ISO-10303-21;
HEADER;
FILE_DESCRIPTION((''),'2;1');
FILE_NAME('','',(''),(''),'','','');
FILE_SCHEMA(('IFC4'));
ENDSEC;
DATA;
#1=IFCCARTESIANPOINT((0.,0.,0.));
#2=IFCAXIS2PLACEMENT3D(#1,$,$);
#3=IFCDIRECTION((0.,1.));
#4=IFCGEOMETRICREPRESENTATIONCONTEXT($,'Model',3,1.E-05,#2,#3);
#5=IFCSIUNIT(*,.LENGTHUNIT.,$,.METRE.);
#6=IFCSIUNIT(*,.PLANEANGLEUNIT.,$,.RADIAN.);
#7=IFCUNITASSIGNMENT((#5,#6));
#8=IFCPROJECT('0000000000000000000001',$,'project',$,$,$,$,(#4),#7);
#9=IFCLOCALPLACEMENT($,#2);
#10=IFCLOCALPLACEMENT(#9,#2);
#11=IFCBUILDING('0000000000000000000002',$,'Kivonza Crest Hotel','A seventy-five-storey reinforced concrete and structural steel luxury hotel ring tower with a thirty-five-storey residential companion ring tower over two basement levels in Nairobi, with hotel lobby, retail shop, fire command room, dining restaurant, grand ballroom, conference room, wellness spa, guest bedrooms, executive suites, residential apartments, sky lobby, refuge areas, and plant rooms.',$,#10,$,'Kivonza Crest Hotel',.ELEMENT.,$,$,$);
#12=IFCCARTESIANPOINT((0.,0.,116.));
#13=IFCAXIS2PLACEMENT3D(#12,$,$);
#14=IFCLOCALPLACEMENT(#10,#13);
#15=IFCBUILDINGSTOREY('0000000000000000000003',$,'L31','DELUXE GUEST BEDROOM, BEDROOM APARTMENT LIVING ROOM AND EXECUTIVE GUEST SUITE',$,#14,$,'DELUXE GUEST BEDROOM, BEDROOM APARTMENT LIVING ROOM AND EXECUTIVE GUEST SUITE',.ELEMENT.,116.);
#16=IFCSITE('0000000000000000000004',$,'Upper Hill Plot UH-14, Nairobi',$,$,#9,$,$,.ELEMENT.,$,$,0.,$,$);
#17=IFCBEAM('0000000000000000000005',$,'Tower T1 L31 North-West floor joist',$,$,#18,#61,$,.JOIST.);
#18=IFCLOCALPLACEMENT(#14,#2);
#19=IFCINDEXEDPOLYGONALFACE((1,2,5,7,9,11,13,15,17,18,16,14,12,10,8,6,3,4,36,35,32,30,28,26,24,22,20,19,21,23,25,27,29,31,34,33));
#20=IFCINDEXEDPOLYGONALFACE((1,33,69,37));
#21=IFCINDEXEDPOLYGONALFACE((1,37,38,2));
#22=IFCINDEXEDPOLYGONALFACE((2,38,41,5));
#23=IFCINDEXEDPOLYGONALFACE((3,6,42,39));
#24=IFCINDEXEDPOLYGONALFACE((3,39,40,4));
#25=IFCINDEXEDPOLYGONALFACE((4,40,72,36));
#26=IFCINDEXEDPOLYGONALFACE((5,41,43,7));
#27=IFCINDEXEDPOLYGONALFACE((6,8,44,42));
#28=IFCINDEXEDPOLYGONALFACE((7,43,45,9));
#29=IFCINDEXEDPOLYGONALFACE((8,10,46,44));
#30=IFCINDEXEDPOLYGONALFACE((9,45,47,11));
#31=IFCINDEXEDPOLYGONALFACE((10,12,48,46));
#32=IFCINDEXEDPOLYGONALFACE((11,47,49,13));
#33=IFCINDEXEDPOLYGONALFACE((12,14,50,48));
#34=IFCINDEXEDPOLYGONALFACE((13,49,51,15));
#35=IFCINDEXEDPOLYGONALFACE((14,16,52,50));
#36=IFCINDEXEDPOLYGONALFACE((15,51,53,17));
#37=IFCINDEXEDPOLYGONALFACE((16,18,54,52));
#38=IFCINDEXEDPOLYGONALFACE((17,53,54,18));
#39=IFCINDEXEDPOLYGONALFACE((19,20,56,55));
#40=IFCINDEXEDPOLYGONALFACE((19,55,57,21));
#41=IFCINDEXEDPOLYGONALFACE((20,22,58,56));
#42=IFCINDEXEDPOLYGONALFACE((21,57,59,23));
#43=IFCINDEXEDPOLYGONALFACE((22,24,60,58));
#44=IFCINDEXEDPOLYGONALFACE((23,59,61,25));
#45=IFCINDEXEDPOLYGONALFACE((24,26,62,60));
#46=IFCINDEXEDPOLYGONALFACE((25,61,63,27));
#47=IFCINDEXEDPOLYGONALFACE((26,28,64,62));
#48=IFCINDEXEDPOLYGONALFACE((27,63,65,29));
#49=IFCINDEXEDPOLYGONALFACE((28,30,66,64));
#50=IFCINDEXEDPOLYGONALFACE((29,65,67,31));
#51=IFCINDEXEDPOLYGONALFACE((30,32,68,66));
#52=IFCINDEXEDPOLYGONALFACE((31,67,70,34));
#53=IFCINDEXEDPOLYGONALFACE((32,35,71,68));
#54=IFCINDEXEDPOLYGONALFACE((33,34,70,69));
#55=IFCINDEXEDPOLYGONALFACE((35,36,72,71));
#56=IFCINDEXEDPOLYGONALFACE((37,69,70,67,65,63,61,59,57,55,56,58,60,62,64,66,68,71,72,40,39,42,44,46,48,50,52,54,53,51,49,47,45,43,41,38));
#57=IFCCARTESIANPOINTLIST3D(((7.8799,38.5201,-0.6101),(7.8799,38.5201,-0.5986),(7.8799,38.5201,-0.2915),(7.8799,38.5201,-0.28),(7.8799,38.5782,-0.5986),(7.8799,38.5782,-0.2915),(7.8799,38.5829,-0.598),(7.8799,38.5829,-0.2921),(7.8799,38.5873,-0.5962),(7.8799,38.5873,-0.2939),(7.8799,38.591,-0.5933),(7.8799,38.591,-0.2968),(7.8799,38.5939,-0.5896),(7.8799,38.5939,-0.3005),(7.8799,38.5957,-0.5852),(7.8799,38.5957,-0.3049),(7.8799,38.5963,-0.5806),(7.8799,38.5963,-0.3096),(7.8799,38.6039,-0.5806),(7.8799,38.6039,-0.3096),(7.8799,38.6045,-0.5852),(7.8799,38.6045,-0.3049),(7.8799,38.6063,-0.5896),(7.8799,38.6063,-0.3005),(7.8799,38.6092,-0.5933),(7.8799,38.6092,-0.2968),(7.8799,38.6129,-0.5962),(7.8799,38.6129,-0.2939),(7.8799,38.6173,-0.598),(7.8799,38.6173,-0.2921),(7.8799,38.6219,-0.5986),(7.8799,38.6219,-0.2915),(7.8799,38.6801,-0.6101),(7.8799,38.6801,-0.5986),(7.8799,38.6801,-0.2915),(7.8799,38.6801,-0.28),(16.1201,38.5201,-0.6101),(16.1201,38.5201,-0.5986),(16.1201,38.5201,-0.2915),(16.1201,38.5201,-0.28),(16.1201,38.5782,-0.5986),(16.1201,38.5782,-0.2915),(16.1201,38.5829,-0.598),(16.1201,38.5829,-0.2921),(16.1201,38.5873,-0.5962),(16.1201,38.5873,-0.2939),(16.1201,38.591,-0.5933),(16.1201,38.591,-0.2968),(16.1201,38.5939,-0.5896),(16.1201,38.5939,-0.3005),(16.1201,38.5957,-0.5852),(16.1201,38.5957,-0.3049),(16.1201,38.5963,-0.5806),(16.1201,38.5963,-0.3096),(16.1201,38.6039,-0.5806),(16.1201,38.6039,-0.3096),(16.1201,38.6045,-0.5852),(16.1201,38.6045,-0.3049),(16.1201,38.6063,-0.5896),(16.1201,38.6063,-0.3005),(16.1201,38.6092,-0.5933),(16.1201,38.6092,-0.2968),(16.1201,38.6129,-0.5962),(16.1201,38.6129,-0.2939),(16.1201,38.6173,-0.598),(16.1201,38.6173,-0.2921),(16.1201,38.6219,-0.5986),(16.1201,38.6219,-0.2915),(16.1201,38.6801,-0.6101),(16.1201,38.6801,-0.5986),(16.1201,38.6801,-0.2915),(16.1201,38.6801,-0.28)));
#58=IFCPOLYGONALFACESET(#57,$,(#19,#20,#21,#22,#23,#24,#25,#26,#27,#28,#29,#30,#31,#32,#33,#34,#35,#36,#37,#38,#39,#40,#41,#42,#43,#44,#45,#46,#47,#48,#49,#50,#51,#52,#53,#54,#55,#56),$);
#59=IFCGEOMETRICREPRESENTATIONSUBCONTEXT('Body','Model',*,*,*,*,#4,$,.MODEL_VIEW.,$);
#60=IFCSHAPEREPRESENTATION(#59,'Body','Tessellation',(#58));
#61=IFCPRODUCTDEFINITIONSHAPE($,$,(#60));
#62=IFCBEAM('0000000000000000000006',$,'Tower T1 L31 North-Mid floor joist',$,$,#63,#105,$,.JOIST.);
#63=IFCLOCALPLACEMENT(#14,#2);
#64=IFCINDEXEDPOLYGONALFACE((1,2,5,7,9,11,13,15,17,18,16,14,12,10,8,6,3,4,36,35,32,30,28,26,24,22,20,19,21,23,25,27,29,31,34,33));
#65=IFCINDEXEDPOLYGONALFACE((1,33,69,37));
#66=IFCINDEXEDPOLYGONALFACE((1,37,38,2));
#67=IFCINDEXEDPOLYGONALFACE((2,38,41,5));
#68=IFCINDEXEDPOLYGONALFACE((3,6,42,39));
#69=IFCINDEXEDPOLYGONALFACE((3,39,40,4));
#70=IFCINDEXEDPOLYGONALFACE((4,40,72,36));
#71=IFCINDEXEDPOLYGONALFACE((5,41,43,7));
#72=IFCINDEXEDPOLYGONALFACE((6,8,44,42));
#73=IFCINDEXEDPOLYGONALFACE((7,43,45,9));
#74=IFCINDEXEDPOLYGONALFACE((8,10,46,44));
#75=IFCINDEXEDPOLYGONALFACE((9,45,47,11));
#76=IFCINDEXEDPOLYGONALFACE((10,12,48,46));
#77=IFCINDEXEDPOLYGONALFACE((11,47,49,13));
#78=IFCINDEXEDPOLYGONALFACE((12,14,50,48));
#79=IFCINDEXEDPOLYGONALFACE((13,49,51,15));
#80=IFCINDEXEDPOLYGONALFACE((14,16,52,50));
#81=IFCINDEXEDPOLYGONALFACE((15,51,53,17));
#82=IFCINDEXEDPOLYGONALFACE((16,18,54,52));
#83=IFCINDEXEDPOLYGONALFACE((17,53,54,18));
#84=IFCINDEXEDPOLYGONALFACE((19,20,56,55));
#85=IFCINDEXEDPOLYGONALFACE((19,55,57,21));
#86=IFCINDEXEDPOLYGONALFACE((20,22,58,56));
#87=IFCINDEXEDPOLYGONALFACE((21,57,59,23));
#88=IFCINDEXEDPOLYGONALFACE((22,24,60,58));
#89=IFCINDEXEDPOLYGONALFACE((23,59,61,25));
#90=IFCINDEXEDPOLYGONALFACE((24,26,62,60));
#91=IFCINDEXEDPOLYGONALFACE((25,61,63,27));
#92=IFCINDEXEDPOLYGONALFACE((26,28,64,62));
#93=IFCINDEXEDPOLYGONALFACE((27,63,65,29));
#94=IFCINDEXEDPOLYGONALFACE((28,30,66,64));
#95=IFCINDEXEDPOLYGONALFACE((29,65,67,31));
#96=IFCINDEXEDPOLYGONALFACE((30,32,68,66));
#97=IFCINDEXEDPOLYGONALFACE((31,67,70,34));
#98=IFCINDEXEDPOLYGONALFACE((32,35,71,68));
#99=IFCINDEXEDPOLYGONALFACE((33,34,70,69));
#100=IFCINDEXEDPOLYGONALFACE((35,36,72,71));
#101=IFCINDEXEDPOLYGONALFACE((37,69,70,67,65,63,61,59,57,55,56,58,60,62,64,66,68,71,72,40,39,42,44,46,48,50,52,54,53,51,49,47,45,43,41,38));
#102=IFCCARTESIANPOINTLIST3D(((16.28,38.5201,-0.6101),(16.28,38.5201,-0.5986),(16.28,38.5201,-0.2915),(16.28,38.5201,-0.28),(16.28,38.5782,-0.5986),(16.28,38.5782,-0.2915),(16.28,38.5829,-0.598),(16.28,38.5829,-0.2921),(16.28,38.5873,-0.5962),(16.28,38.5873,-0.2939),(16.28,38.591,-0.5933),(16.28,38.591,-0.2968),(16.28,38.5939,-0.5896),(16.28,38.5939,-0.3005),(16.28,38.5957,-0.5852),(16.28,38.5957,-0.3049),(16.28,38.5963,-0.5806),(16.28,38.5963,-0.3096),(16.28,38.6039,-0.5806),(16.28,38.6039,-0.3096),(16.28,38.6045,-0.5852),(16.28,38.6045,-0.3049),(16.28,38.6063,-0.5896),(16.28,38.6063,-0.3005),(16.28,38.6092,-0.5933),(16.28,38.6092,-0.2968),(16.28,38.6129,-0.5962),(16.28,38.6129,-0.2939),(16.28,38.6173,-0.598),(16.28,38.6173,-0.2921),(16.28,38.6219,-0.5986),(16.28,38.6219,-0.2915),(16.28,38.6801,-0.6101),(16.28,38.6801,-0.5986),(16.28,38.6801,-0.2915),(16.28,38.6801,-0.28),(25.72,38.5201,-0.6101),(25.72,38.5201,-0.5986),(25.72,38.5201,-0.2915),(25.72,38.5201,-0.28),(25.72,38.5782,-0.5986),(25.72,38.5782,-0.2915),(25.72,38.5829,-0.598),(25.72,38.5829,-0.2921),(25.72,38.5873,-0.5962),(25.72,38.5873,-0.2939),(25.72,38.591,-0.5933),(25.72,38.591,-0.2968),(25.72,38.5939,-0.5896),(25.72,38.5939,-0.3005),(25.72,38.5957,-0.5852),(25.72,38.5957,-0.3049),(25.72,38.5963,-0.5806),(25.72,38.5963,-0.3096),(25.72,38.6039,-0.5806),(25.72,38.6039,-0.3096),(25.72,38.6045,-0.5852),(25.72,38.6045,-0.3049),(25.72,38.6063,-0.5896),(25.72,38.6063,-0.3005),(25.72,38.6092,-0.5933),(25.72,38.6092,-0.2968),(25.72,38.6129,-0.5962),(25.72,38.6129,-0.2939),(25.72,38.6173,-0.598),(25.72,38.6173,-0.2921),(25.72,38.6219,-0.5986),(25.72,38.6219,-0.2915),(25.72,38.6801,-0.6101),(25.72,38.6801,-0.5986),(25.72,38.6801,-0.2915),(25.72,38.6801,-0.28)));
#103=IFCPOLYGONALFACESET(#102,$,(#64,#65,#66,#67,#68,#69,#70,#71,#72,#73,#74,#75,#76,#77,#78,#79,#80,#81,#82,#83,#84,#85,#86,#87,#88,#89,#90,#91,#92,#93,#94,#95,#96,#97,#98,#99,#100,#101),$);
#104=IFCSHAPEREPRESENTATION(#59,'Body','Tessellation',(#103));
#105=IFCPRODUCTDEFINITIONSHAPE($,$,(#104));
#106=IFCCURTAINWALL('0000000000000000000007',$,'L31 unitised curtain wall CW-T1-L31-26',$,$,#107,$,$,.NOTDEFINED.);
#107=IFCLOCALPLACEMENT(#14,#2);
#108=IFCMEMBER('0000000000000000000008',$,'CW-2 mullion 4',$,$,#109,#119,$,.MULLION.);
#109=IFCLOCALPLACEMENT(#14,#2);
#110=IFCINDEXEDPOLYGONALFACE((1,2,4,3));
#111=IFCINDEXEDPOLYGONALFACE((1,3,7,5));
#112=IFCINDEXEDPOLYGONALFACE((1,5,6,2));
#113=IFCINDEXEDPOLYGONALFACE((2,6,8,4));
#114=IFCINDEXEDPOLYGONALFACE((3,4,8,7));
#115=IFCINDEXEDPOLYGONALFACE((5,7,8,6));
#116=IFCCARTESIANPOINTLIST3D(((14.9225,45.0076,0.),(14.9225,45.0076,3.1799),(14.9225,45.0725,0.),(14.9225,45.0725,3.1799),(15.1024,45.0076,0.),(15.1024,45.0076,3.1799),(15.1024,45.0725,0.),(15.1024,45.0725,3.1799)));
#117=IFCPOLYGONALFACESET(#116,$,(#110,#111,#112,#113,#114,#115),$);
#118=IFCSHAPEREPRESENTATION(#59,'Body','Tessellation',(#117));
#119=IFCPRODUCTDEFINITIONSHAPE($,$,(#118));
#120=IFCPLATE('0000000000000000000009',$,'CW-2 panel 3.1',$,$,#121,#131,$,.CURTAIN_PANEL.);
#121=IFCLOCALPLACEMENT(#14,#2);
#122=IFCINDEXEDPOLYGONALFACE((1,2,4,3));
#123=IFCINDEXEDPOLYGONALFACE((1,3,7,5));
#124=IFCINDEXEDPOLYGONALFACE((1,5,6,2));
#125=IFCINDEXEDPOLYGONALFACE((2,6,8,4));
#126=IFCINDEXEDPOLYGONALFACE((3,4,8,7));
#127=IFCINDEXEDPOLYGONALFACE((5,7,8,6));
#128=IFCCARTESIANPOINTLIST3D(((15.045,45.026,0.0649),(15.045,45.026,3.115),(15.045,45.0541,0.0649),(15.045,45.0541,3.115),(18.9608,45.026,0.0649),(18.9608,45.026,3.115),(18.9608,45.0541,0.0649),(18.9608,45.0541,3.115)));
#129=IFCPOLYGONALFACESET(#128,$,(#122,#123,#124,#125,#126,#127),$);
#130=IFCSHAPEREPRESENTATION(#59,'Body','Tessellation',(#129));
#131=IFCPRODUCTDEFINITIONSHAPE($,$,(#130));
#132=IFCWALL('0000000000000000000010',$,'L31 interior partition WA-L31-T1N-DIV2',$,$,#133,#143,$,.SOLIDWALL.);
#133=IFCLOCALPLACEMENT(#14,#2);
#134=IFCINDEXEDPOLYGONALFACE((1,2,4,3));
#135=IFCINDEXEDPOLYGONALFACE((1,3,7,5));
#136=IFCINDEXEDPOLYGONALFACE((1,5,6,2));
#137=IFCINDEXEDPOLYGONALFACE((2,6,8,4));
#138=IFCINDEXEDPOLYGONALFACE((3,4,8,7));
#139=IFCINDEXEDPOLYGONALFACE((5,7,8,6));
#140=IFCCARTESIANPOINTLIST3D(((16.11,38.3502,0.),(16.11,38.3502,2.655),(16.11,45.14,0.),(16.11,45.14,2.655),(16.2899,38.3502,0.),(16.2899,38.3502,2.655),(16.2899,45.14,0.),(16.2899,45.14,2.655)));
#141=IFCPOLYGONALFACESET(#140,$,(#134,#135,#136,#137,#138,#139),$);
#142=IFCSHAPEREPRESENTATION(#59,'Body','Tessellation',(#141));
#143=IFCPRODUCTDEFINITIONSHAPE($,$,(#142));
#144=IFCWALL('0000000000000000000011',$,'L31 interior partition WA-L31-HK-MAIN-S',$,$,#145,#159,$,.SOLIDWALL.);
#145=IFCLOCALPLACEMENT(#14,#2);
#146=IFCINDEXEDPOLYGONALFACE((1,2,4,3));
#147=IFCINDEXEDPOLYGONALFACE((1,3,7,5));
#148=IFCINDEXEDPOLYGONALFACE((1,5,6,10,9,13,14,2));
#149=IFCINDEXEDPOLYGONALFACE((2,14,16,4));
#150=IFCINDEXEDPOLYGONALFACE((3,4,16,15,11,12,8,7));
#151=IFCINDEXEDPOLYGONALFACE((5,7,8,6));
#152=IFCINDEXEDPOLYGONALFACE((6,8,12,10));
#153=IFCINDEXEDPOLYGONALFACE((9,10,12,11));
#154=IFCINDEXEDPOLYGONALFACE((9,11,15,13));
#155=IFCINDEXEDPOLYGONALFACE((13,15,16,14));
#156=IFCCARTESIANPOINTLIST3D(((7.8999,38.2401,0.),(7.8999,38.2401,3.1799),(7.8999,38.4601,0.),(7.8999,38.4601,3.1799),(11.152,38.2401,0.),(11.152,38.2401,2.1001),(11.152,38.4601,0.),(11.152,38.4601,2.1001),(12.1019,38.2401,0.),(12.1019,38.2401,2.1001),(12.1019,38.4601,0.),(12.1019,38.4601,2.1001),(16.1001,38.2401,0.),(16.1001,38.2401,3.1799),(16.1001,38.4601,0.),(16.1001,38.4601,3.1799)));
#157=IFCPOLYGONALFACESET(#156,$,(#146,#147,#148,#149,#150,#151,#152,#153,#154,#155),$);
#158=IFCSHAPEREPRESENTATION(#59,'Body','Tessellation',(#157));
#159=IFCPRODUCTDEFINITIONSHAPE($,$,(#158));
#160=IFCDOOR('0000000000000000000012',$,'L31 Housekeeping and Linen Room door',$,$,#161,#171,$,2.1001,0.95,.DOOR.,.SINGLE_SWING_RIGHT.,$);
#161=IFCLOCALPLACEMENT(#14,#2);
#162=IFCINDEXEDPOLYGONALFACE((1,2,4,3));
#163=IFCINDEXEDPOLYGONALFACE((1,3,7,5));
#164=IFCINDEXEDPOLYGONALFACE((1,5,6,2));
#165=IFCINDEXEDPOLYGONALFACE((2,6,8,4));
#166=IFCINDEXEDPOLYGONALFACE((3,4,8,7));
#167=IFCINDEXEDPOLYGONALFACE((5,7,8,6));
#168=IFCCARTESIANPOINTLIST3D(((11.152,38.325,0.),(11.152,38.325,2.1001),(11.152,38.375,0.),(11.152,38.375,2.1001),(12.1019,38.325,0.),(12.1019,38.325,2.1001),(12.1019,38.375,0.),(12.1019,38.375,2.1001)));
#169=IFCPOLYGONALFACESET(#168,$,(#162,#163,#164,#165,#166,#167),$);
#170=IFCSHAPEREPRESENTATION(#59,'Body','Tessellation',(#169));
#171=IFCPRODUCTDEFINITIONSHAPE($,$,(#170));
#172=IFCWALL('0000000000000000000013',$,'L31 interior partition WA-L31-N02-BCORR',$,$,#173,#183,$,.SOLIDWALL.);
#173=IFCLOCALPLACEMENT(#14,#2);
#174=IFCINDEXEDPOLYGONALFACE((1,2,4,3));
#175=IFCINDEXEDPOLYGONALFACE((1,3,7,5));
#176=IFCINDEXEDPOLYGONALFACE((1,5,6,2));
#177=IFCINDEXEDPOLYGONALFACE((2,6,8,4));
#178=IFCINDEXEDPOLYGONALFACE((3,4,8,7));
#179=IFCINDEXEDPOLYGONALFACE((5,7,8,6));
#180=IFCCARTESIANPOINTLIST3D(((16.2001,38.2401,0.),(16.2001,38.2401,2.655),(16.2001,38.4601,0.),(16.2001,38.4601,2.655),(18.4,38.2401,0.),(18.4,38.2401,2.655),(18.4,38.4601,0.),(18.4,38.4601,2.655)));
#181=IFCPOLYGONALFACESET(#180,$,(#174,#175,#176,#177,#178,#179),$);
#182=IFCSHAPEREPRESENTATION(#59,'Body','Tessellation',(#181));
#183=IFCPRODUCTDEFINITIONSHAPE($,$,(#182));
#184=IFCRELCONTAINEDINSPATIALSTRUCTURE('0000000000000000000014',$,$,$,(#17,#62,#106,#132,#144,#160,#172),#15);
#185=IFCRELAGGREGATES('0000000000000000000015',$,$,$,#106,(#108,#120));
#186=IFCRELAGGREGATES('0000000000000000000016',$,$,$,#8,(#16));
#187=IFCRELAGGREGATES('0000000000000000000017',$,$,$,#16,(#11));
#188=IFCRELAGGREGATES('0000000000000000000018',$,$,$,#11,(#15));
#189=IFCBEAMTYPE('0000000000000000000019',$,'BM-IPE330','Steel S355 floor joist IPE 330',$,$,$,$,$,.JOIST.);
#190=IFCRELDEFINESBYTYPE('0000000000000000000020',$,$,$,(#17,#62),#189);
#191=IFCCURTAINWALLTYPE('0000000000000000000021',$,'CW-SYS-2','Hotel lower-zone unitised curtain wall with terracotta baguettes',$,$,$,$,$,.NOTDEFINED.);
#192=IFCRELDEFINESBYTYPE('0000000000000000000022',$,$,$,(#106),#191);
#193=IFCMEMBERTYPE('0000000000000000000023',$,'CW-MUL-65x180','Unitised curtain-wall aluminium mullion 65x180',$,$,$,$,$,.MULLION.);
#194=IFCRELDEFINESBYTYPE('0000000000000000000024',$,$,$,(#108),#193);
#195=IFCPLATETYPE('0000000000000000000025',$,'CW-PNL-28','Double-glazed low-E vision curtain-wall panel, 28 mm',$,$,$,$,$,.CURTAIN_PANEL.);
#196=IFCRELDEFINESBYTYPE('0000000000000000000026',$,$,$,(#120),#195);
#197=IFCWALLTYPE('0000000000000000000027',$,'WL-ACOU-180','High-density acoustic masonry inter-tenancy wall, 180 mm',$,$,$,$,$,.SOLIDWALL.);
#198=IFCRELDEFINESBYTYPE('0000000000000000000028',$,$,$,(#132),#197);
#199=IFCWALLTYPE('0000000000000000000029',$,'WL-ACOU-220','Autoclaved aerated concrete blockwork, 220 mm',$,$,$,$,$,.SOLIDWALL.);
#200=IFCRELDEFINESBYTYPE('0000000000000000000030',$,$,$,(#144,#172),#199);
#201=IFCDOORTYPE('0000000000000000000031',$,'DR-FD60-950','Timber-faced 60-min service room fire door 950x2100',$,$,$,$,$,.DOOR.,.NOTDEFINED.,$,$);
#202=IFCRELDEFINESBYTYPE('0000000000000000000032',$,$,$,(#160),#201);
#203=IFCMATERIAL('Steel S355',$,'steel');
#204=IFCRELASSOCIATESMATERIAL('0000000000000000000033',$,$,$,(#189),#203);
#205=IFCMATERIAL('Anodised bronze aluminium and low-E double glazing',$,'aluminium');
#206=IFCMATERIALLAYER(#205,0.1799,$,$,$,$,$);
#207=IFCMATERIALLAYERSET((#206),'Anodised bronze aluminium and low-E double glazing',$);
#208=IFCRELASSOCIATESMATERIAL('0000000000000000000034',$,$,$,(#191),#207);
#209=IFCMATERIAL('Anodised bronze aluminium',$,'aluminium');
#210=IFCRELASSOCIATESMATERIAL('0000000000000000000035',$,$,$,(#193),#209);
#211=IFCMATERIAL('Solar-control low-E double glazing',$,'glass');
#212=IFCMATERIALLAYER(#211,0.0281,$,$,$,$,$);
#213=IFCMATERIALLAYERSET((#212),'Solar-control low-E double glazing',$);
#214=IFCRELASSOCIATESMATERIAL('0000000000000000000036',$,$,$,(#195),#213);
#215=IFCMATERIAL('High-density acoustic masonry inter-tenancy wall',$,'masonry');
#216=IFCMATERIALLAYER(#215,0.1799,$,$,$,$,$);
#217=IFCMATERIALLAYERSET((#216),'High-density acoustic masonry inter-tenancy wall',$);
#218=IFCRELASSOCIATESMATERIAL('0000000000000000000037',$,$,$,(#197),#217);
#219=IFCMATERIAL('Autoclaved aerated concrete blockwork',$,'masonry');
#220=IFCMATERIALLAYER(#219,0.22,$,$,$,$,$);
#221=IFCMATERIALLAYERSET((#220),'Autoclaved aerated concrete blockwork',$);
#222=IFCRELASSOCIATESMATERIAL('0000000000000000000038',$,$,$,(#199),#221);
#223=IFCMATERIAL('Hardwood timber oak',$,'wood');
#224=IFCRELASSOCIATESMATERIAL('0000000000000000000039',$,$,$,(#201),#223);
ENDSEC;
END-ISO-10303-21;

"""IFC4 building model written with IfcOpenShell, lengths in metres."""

from ifc_helpers import new_model, si_unit, direction, frame, frame_2d, origin, origin_2d, place, context, subcontext, project, spatial, rectangle, i_section, extrude, material, layer, layer_set, material_profile, profile_set, type_object, element, fill, aggregate, save


model = new_model("IFC4")

# Units and contexts
model_context = context("Model", 3, precision=1e-05, world=origin(), true_north=direction((0.0, 1.0)))
body_context = subcontext(model_context, "Body", "Model", "MODEL_VIEW")
ifc_project = project(units=[si_unit("LENGTHUNIT", "METRE"), si_unit("PLANEANGLEUNIT", "RADIAN")], contexts=[model_context])

# Site, building, storey
site_placement = place(None, origin())
site = spatial("IfcSite", under=ifc_project, at=site_placement, Name="Upper Hill Plot UH-14, Nairobi", CompositionType="ELEMENT", RefElevation=0.0)
building_placement = place(site_placement, origin())
building = spatial("IfcBuilding", under=site, at=building_placement, Name="Kivonza Crest Hotel", Description="A seventy-five-storey reinforced concrete and structural steel luxury hotel ring tower with a thirty-five-storey residential companion ring tower over two basement levels in Nairobi, with hotel lobby, retail shop, fire command room, dining restaurant, grand ballroom, conference room, wellness spa, guest bedrooms, executive suites, residential apartments, sky lobby, refuge areas, and plant rooms.", LongName="Kivonza Crest Hotel", CompositionType="ELEMENT")
storey_placement = place(building_placement, frame((0.0, 0.0, 116.0)))
storey = spatial("IfcBuildingStorey", under=building, at=storey_placement, Name="L31", Description="DELUXE GUEST BEDROOM, BEDROOM APARTMENT LIVING ROOM AND EXECUTIVE GUEST SUITE", LongName="DELUXE GUEST BEDROOM, BEDROOM APARTMENT LIVING ROOM AND EXECUTIVE GUEST SUITE", CompositionType="ELEMENT", Elevation=116.0)

# Beams
ifc_material_1 = material(Name="Steel S355", Category="steel")
ifc_material_profile_1 = material_profile(ifc_material_1, i_section(OverallWidth=0.1599, OverallDepth=0.3301, WebThickness=0.0076, FlangeThickness=0.0115, FilletRadius=0.0181, at=origin_2d()), Name="IPE 330")
ifc_profile_set_1 = profile_set([ifc_material_profile_1], Name="Steel S355")
beam_type_1 = type_object("IfcBeamType", Name="BM-IPE330", Description="Steel S355 floor joist IPE 330", PredefinedType="JOIST", material=ifc_profile_set_1)
beam_1_placement = place(storey_placement, frame((7.8799, 38.6001, -0.4451), z_axis=(1.0, 0.0, 0.0), x_axis=(0.0, 1.0, 0.0)))
element("IfcBeam", 1, at=beam_1_placement, inside=storey, type_object=beam_type_1, Name="Tower T1 L31 North-West floor joist", PredefinedType="JOIST", context=body_context, shape_type="SweptSolid", body=[
    extrude(i_section(OverallWidth=0.1599, OverallDepth=0.3301, WebThickness=0.0076, FlangeThickness=0.0115, FilletRadius=0.0181, at=origin_2d()), origin(), (0.0, 0.0, 1.0), 8.2402),
])
beam_2_placement = place(storey_placement, frame((16.28, 38.6001, -0.4451), z_axis=(1.0, 0.0, 0.0), x_axis=(0.0, 1.0, 0.0)))
element("IfcBeam", 2, at=beam_2_placement, inside=storey, type_object=beam_type_1, Name="Tower T1 L31 North-Mid floor joist", PredefinedType="JOIST", context=body_context, shape_type="SweptSolid", body=[
    extrude(i_section(OverallWidth=0.1599, OverallDepth=0.3301, WebThickness=0.0076, FlangeThickness=0.0115, FilletRadius=0.0181, at=origin_2d()), origin(), (0.0, 0.0, 1.0), 9.4399),
])

# Curtain wall, member, plate
ifc_material_2 = material(Name="Anodised bronze aluminium and low-E double glazing", Category="aluminium")
ifc_layer_1 = layer(ifc_material_2, 0.1799)
ifc_layer_set_1 = layer_set([ifc_layer_1], Name="Anodised bronze aluminium and low-E double glazing")
curtain_wall_type = type_object("IfcCurtainWallType", Name="CW-SYS-2", Description="Hotel lower-zone unitised curtain wall with terracotta baguettes", PredefinedType="NOTDEFINED", material=ifc_layer_set_1)
curtain_wall_placement = place(storey_placement, origin())
curtain_wall = element("IfcCurtainWall", 3, at=curtain_wall_placement, inside=storey, type_object=curtain_wall_type, Name="L31 unitised curtain wall CW-T1-L31-26", PredefinedType="NOTDEFINED")
ifc_material_3 = material(Name="Anodised bronze aluminium", Category="aluminium")
ifc_material_profile_2 = material_profile(ifc_material_3, rectangle(XDim=0.0649, YDim=0.1799, at=origin_2d()), Name="CW-M 65x180")
ifc_profile_set_2 = profile_set([ifc_material_profile_2], Name="Anodised bronze aluminium")
member_type = type_object("IfcMemberType", Name="CW-MUL-65x180", Description="Unitised curtain-wall aluminium mullion 65x180", PredefinedType="MULLION", material=ifc_profile_set_2)
member_placement = place(storey_placement, frame((15.0125, 45.04, 0.0), z_axis=(0.0, 0.0, 1.0), x_axis=(0.0, -1.0, 0.0)))
member = element("IfcMember", 4, at=member_placement, type_object=member_type, Name="CW-2 mullion 4", PredefinedType="MULLION", context=body_context, shape_type="SweptSolid", body=[
    extrude(rectangle(XDim=0.0649, YDim=0.1799, at=origin_2d()), origin(), (0.0, 0.0, 1.0), 3.1799),
])
ifc_material_4 = material(Name="Solar-control low-E double glazing", Category="glass")
ifc_layer_2 = layer(ifc_material_4, 0.0281)
ifc_layer_set_2 = layer_set([ifc_layer_2], Name="Solar-control low-E double glazing")
plate_type = type_object("IfcPlateType", Name="CW-PNL-28", Description="Double-glazed low-E vision curtain-wall panel, 28 mm", PredefinedType="CURTAIN_PANEL", material=ifc_layer_set_2)
plate_placement = place(storey_placement, frame((17.0029, 45.04, 0.0649), z_axis=(0.0, 0.0, 1.0), x_axis=(-1.0, 0.0, 0.0)))
plate = element("IfcPlate", 5, at=plate_placement, type_object=plate_type, Name="CW-2 panel 3.1", PredefinedType="CURTAIN_PANEL", context=body_context, shape_type="SweptSolid", body=[
    extrude(rectangle(XDim=3.9158, YDim=0.0281, at=origin_2d()), origin(), (0.0, 0.0, 1.0), 3.05),
])
aggregate(curtain_wall, [member, plate])

# Wall
ifc_material_5 = material(Name="High-density acoustic masonry inter-tenancy wall", Category="masonry")
ifc_layer_3 = layer(ifc_material_5, 0.1799)
ifc_layer_set_3 = layer_set([ifc_layer_3], Name="High-density acoustic masonry inter-tenancy wall")
wall_type_1 = type_object("IfcWallType", Name="WL-ACOU-180", Description="High-density acoustic masonry inter-tenancy wall, 180 mm", PredefinedType="SOLIDWALL", material=ifc_layer_set_3)
wall_1_placement = place(storey_placement, frame((16.2, 38.3501, 0.0), z_axis=(0.0, 0.0, 1.0), x_axis=(0.0, 1.0, 0.0)))
element("IfcWall", 6, at=wall_1_placement, inside=storey, type_object=wall_type_1, Name="L31 interior partition WA-L31-T1N-DIV2", PredefinedType="SOLIDWALL", context=body_context, shape_type="SweptSolid", body=[
    extrude(rectangle(XDim=6.7898, YDim=0.1799, at=frame_2d((3.395, 0.0))), origin(), (0.0, 0.0, 1.0), 2.655),
])

# Wall, opening, door
ifc_material_6 = material(Name="Autoclaved aerated concrete blockwork", Category="masonry")
ifc_layer_4 = layer(ifc_material_6, 0.22)
ifc_layer_set_4 = layer_set([ifc_layer_4], Name="Autoclaved aerated concrete blockwork")
wall_type_2 = type_object("IfcWallType", Name="WL-ACOU-220", Description="Autoclaved aerated concrete blockwork, 220 mm", PredefinedType="SOLIDWALL", material=ifc_layer_set_4)
wall_2_placement = place(storey_placement, frame((7.8999, 38.3501, 0.0), z_axis=(0.0, 0.0, 1.0), x_axis=(1.0, 0.0, 0.0)))
wall_2 = element("IfcWall", 7, at=wall_2_placement, inside=storey, type_object=wall_type_2, Name="L31 interior partition WA-L31-HK-MAIN-S", PredefinedType="SOLIDWALL", context=body_context, shape_type="SweptSolid", body=[
    extrude(rectangle(XDim=8.2002, YDim=0.22, at=frame_2d((4.1001, 0.0))), origin(), (0.0, 0.0, 1.0), 3.1799),
])
opening_1_placement = place(wall_2_placement, frame((3.252, 0.0, 0.0)))
opening_1 = element("IfcOpeningElement", 8, at=opening_1_placement, cuts=wall_2, PredefinedType="OPENING", context=body_context, shape_type="SweptSolid", body=[
    extrude(rectangle(XDim=0.95, YDim=2.1001, at=frame_2d((0.4751, 1.05))), frame((0.0, 0.1201, 0.0), z_axis=(0.0, -1.0, 0.0), x_axis=(1.0, 0.0, 0.0)), (0.0, 0.0, 1.0), 0.24),
])
ifc_material_7 = material(Name="Hardwood timber oak", Category="wood")
door_type = type_object("IfcDoorType", Name="DR-FD60-950", Description="Timber-faced 60-min service room fire door 950x2100", OperationType="NOTDEFINED", PredefinedType="DOOR", material=ifc_material_7)
door_placement = place(opening_1_placement, origin())
door = element("IfcDoor", 9, at=door_placement, inside=storey, type_object=door_type, Name="L31 Housekeeping and Linen Room door", OperationType="SINGLE_SWING_RIGHT", OverallHeight=2.1001, OverallWidth=0.95, PredefinedType="DOOR", context=body_context, shape_type="SweptSolid", body=[
    extrude(rectangle(XDim=0.95, YDim=2.1001, at=frame_2d((0.4751, 1.05))), frame((0.0, 0.0249, 0.0), z_axis=(0.0, -1.0, 0.0), x_axis=(1.0, 0.0, 0.0)), (0.0, 0.0, 1.0), 0.05),
])
fill(opening_1, door)

# Wall
wall_3_placement = place(storey_placement, frame((16.2, 38.3501, 0.0), z_axis=(0.0, 0.0, 1.0), x_axis=(1.0, 0.0, 0.0)))
element("IfcWall", 10, at=wall_3_placement, inside=storey, type_object=wall_type_2, Name="L31 interior partition WA-L31-N02-BCORR", PredefinedType="SOLIDWALL", context=body_context, shape_type="SweptSolid", body=[
    extrude(rectangle(XDim=2.2, YDim=0.22, at=frame_2d((1.1001, 0.0))), origin(), (0.0, 0.0, 1.0), 2.655),
])

save(model, "model.ifc")
